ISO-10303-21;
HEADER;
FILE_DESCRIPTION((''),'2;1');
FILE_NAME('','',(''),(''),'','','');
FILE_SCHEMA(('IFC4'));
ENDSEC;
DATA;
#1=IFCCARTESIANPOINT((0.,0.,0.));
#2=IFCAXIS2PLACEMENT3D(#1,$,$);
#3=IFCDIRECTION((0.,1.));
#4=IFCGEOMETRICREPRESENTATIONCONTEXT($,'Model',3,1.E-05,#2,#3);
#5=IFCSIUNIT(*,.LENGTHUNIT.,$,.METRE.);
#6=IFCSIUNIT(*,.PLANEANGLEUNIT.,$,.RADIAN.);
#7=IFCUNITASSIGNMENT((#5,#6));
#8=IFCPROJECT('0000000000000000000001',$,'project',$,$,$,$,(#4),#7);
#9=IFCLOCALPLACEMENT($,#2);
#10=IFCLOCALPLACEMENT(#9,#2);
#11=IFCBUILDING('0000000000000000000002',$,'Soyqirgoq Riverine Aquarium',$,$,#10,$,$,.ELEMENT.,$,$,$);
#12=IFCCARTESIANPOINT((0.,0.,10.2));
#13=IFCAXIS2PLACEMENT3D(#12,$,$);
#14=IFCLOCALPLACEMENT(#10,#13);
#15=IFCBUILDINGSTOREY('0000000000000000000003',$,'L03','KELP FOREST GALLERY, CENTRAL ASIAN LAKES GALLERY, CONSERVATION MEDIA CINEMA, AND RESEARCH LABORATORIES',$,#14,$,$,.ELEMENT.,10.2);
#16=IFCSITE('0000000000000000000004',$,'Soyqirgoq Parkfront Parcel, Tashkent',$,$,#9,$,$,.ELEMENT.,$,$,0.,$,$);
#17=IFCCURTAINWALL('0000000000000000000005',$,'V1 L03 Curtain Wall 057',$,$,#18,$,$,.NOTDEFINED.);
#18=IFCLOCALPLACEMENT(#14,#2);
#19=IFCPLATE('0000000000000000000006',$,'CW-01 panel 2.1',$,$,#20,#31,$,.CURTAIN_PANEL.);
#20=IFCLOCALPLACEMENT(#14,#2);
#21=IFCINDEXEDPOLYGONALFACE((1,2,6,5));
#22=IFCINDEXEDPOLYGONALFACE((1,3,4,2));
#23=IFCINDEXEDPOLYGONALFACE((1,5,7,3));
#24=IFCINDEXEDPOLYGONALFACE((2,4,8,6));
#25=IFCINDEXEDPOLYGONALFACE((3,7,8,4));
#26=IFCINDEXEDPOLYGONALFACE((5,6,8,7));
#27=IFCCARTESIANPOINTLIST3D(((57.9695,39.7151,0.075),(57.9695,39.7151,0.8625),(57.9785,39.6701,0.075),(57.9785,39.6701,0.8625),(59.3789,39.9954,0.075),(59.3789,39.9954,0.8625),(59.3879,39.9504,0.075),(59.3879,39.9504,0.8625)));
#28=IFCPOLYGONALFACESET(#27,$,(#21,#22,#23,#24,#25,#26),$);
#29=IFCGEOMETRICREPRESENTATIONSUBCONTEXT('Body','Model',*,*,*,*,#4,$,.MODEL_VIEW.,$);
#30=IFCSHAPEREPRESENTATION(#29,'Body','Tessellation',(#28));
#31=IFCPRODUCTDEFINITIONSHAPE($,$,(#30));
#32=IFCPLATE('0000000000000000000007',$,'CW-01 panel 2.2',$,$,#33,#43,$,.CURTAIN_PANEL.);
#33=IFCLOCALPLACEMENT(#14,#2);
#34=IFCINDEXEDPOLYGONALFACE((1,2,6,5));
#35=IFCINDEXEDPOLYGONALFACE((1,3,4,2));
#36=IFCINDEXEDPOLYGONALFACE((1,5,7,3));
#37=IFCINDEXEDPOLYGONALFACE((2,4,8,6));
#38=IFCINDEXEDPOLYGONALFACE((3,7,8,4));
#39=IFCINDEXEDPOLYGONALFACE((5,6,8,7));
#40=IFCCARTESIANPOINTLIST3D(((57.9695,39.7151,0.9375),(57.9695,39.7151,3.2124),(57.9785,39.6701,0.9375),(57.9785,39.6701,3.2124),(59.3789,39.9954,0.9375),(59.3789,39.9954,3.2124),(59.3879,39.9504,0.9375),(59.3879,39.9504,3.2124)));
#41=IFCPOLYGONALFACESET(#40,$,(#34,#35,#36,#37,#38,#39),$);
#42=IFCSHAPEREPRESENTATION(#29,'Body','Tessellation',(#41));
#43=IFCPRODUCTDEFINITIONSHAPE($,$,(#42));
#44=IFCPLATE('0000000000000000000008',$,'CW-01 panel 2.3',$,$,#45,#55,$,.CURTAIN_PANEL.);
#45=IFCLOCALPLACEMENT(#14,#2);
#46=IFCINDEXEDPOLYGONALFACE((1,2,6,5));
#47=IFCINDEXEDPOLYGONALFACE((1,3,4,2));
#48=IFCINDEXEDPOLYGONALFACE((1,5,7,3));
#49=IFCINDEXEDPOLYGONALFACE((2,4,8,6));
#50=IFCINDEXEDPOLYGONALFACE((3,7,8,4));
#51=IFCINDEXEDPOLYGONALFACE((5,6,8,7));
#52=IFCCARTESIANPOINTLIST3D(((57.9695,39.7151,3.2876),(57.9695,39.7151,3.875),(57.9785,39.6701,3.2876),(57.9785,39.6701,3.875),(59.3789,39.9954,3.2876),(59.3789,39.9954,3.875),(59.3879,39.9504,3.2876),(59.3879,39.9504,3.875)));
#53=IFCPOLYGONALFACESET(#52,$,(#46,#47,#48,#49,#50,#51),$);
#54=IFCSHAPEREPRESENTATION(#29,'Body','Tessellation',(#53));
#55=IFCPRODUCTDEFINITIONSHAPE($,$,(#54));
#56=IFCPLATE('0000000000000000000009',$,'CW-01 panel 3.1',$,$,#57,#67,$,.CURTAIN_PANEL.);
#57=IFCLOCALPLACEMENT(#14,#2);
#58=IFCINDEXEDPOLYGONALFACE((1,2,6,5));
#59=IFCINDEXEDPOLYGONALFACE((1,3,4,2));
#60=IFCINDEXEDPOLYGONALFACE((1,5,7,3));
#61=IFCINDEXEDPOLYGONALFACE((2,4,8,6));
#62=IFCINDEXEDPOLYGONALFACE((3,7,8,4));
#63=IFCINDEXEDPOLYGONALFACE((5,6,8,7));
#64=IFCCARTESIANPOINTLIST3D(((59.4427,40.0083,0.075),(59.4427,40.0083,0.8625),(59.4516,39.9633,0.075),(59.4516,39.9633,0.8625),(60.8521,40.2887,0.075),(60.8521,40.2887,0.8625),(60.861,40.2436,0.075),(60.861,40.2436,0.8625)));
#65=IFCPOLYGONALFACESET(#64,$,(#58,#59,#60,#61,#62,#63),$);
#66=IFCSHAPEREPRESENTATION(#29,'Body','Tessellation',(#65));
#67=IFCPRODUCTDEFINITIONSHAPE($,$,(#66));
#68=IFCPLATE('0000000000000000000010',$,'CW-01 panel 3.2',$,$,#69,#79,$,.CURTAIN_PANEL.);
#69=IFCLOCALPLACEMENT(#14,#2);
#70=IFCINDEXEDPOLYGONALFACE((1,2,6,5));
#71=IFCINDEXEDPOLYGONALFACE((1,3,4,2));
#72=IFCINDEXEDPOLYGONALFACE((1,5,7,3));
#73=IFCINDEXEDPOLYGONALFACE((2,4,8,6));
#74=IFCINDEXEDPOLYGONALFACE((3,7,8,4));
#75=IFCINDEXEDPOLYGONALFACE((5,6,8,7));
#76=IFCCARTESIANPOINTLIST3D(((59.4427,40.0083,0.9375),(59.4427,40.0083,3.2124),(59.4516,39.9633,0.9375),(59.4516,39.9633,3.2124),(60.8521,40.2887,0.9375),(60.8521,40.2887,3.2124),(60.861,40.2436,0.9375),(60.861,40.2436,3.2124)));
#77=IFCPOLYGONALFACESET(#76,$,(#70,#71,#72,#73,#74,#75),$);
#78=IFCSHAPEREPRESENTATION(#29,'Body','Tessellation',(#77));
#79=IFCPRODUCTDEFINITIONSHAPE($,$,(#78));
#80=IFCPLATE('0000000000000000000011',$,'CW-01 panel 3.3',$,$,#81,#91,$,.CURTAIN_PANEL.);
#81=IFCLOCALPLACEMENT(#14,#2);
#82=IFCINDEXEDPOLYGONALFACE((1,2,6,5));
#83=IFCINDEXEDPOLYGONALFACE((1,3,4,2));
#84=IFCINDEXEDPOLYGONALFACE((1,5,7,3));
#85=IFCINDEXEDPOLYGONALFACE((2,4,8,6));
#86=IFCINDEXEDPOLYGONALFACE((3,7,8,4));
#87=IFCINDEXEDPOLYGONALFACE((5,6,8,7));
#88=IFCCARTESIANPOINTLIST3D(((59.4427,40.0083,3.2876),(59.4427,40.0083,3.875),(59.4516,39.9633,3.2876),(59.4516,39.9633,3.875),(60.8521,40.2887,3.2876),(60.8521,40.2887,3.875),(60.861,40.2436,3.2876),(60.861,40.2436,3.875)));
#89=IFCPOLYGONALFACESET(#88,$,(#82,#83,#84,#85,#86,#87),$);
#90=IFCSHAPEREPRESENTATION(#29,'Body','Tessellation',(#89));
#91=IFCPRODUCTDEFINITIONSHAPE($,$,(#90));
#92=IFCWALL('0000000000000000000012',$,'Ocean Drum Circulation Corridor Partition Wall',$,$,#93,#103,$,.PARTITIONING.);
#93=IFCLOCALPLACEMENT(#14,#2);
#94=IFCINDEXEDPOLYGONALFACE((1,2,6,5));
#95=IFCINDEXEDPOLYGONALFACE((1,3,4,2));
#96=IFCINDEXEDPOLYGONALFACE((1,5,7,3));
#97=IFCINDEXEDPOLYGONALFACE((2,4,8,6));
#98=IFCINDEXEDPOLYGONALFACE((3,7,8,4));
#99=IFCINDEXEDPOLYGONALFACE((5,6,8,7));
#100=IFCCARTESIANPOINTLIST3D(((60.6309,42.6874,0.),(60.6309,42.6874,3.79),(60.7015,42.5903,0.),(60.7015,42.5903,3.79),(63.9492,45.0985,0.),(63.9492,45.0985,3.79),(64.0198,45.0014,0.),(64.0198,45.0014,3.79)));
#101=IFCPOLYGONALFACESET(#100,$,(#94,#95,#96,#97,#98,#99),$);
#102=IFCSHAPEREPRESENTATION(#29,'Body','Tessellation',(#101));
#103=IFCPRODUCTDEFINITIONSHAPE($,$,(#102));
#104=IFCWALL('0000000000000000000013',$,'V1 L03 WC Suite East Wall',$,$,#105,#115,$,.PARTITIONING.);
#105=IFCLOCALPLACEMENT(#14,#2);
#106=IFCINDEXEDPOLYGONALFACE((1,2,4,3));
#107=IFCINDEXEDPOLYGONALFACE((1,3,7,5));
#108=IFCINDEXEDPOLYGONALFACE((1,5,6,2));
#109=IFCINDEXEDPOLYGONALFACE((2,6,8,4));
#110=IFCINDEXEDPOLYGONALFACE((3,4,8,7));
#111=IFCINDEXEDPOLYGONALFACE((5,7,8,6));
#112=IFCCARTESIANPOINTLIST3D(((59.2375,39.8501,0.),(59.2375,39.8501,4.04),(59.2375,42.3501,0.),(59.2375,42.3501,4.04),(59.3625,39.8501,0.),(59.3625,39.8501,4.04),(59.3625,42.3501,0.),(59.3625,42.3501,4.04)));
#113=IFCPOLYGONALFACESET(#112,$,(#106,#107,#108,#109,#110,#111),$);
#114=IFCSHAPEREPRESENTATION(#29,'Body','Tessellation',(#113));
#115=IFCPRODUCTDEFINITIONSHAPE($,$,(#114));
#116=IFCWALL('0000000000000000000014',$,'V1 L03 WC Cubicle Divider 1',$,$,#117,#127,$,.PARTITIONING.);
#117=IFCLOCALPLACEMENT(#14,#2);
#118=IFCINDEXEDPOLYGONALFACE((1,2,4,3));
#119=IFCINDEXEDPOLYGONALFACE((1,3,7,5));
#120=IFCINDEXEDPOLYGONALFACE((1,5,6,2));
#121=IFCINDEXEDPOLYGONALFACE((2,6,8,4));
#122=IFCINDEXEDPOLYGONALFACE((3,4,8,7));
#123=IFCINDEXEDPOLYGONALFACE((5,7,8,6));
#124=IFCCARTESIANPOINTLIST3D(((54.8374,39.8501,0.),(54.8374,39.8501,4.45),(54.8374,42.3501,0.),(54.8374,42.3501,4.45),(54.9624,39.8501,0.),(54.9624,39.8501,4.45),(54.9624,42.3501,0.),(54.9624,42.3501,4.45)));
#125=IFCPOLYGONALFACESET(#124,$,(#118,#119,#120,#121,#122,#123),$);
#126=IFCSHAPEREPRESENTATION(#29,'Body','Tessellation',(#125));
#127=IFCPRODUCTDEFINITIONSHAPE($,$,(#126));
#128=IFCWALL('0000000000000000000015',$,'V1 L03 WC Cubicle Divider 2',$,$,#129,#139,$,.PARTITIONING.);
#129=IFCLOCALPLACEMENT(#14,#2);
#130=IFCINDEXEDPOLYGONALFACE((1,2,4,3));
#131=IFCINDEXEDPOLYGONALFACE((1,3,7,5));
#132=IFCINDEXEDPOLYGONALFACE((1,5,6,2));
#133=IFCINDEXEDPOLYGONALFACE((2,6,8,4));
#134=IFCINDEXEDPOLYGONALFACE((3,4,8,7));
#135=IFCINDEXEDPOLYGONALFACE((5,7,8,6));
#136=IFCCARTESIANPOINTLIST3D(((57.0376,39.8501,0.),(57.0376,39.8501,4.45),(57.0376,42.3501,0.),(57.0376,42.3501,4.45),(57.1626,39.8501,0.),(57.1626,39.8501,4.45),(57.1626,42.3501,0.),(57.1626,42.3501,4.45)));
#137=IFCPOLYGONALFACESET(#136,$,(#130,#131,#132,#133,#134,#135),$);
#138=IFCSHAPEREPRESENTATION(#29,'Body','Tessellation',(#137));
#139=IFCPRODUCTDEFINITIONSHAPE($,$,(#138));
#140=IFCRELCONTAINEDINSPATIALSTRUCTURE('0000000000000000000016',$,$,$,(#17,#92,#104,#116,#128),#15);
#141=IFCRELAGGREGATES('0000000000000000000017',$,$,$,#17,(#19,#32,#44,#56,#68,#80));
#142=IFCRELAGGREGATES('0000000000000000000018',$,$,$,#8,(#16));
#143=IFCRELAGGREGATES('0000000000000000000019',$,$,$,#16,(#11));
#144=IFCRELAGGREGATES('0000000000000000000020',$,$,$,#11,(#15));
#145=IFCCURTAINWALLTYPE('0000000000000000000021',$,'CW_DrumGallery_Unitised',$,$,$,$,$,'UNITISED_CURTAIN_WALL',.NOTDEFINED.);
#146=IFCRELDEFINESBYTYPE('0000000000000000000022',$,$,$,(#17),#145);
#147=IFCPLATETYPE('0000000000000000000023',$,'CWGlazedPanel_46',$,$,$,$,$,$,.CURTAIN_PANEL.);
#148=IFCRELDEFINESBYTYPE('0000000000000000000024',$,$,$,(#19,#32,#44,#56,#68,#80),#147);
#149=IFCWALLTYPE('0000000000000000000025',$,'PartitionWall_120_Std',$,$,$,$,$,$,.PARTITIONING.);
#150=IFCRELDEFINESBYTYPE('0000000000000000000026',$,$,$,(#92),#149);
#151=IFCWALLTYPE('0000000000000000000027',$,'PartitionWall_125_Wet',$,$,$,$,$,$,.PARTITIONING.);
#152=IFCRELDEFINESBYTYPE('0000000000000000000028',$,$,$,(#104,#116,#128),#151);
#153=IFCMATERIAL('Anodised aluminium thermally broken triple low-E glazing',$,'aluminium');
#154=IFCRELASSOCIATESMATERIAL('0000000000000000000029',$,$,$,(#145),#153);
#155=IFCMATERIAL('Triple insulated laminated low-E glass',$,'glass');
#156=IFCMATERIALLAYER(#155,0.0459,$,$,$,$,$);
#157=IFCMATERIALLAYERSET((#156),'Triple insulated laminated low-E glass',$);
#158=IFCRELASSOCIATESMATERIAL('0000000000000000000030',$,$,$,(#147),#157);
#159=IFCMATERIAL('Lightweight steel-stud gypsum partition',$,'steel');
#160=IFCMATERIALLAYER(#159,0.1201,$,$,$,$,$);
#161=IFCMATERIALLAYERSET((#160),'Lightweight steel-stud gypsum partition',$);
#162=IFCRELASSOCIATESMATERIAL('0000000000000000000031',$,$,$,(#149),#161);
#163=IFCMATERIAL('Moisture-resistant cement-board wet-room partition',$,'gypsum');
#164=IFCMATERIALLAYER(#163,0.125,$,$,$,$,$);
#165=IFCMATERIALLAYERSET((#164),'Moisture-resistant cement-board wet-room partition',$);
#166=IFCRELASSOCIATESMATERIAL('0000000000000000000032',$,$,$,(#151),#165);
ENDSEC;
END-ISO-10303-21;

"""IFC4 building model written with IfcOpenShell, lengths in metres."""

from ifc_helpers import new_model, si_unit, direction, frame, frame_2d, origin, origin_2d, place, context, subcontext, project, spatial, rectangle, extrude, material, layer, layer_set, type_object, element, aggregate, save


model = new_model("IFC4")

# Units and contexts
model_context = context("Model", 3, precision=1e-05, world=origin(), true_north=direction((0.0, 1.0)))
body_context = subcontext(model_context, "Body", "Model", "MODEL_VIEW")
ifc_project = project(units=[si_unit("LENGTHUNIT", "METRE"), si_unit("PLANEANGLEUNIT", "RADIAN")], contexts=[model_context])

# Site, building, storey
site_placement = place(None, origin())
site = spatial("IfcSite", under=ifc_project, at=site_placement, Name="Soyqirgoq Parkfront Parcel, Tashkent", CompositionType="ELEMENT", RefElevation=0.0)
building_placement = place(site_placement, origin())
building = spatial("IfcBuilding", under=site, at=building_placement, Name="Soyqirgoq Riverine Aquarium", CompositionType="ELEMENT")
storey_placement = place(building_placement, frame((0.0, 0.0, 10.2)))
storey = spatial("IfcBuildingStorey", under=building, at=storey_placement, Name="L03", Description="KELP FOREST GALLERY, CENTRAL ASIAN LAKES GALLERY, CONSERVATION MEDIA CINEMA, AND RESEARCH LABORATORIES", CompositionType="ELEMENT", Elevation=10.2)

# Shared definitions
ifc_material_1 = material(Name="Anodised aluminium thermally broken triple low-E glazing", Category="aluminium")
curtain_wall_type = type_object("IfcCurtainWallType", Name="CW_DrumGallery_Unitised", ElementType="UNITISED_CURTAIN_WALL", PredefinedType="NOTDEFINED", material=ifc_material_1)

# Curtain wall
curtain_wall_1_placement = place(storey_placement, origin())
curtain_wall_1 = element("IfcCurtainWall", 1, at=curtain_wall_1_placement, inside=storey, type_object=curtain_wall_type, Name="V1 L03 Curtain Wall 057", PredefinedType="NOTDEFINED")

# Plates
ifc_material_2 = material(Name="Triple insulated laminated low-E glass", Category="glass")
ifc_layer_1 = layer(ifc_material_2, 0.0459)
ifc_layer_set_1 = layer_set([ifc_layer_1], Name="Triple insulated laminated low-E glass")
plate_type = type_object("IfcPlateType", Name="CWGlazedPanel_46", PredefinedType="CURTAIN_PANEL", material=ifc_layer_set_1)
plate_1_placement = place(storey_placement, frame((58.6787, 39.8328, 0.075), z_axis=(0.0, 0.0, 1.0), x_axis=(0.980784, 0.195095, 0.0)))
plate_1 = element("IfcPlate", 2, at=plate_1_placement, type_object=plate_type, Name="CW-01 panel 2.1", PredefinedType="CURTAIN_PANEL", context=body_context, shape_type="SweptSolid", body=[
    extrude(rectangle(XDim=1.437, YDim=0.0459, at=origin_2d()), origin(), (0.0, 0.0, 1.0), 0.7876),
])
plate_2_placement = place(storey_placement, frame((58.6787, 39.8328, 0.9375), z_axis=(0.0, 0.0, 1.0), x_axis=(0.980784, 0.195095, 0.0)))
plate_2 = element("IfcPlate", 3, at=plate_2_placement, type_object=plate_type, Name="CW-01 panel 2.2", PredefinedType="CURTAIN_PANEL", context=body_context, shape_type="SweptSolid", body=[
    extrude(rectangle(XDim=1.437, YDim=0.0459, at=origin_2d()), origin(), (0.0, 0.0, 1.0), 2.2749),
])
plate_3_placement = place(storey_placement, frame((58.6787, 39.8328, 3.2876), z_axis=(0.0, 0.0, 1.0), x_axis=(0.980784, 0.195095, 0.0)))
plate_3 = element("IfcPlate", 4, at=plate_3_placement, type_object=plate_type, Name="CW-01 panel 2.3", PredefinedType="CURTAIN_PANEL", context=body_context, shape_type="SweptSolid", body=[
    extrude(rectangle(XDim=1.437, YDim=0.0459, at=origin_2d()), origin(), (0.0, 0.0, 1.0), 0.5874),
])
plate_4_placement = place(storey_placement, frame((60.1519, 40.126, 0.075), z_axis=(0.0, 0.0, 1.0), x_axis=(0.980784, 0.195095, 0.0)))
plate_4 = element("IfcPlate", 5, at=plate_4_placement, type_object=plate_type, Name="CW-01 panel 3.1", PredefinedType="CURTAIN_PANEL", context=body_context, shape_type="SweptSolid", body=[
    extrude(rectangle(XDim=1.437, YDim=0.0459, at=origin_2d()), origin(), (0.0, 0.0, 1.0), 0.7876),
])
plate_5_placement = place(storey_placement, frame((60.1519, 40.126, 0.9375), z_axis=(0.0, 0.0, 1.0), x_axis=(0.980784, 0.195095, 0.0)))
plate_5 = element("IfcPlate", 6, at=plate_5_placement, type_object=plate_type, Name="CW-01 panel 3.2", PredefinedType="CURTAIN_PANEL", context=body_context, shape_type="SweptSolid", body=[
    extrude(rectangle(XDim=1.437, YDim=0.0459, at=origin_2d()), origin(), (0.0, 0.0, 1.0), 2.2749),
])
plate_6_placement = place(storey_placement, frame((60.1519, 40.126, 3.2876), z_axis=(0.0, 0.0, 1.0), x_axis=(0.980784, 0.195095, 0.0)))
plate_6 = element("IfcPlate", 7, at=plate_6_placement, type_object=plate_type, Name="CW-01 panel 3.3", PredefinedType="CURTAIN_PANEL", context=body_context, shape_type="SweptSolid", body=[
    extrude(rectangle(XDim=1.437, YDim=0.0459, at=origin_2d()), origin(), (0.0, 0.0, 1.0), 0.5874),
])
aggregate(curtain_wall_1, [plate_1, plate_2, plate_3, plate_4, plate_5, plate_6])

# Walls
ifc_material_3 = material(Name="Lightweight steel-stud gypsum partition", Category="steel")
ifc_layer_2 = layer(ifc_material_3, 0.1201)
ifc_layer_set_2 = layer_set([ifc_layer_2], Name="Lightweight steel-stud gypsum partition")
wall_type_1 = type_object("IfcWallType", Name="PartitionWall_120_Std", PredefinedType="PARTITIONING", material=ifc_layer_set_2)
wall_1_placement = place(storey_placement, frame((60.6663, 42.6389, 0.0), z_axis=(0.0, 0.0, 1.0), x_axis=(0.808993, 0.587818, 0.0)))
element("IfcWall", 8, at=wall_1_placement, inside=storey, type_object=wall_type_1, Name="Ocean Drum Circulation Corridor Partition Wall", PredefinedType="PARTITIONING", context=body_context, shape_type="SweptSolid", body=[
    extrude(rectangle(XDim=4.1018, YDim=0.1201, at=frame_2d((2.0508, 0.0))), origin(), (0.0, 0.0, 1.0), 3.79),
])
ifc_material_4 = material(Name="Moisture-resistant cement-board wet-room partition", Category="gypsum")
ifc_layer_3 = layer(ifc_material_4, 0.125)
ifc_layer_set_3 = layer_set([ifc_layer_3], Name="Moisture-resistant cement-board wet-room partition")
wall_type_2 = type_object("IfcWallType", Name="PartitionWall_125_Wet", PredefinedType="PARTITIONING", material=ifc_layer_set_3)
wall_2_placement = place(storey_placement, frame((59.3, 39.8501, 0.0), z_axis=(0.0, 0.0, 1.0), x_axis=(0.0, 1.0, 0.0)))
element("IfcWall", 9, at=wall_2_placement, inside=storey, type_object=wall_type_2, Name="V1 L03 WC Suite East Wall", PredefinedType="PARTITIONING", context=body_context, shape_type="SweptSolid", body=[
    extrude(rectangle(XDim=2.5, YDim=0.125, at=frame_2d((1.25, 0.0))), origin(), (0.0, 0.0, 1.0), 4.04),
])
for number, where, z_axis, x_axis, name in (
    (10, (54.8999, 39.8501, 0.0), (0.0, 0.0, 1.0), (0.0, 1.0, 0.0), "V1 L03 WC Cubicle Divider 1"),
    (11, (57.1001, 39.8501, 0.0), (0.0, 0.0, 1.0), (0.0, 1.0, 0.0), "V1 L03 WC Cubicle Divider 2"),
):
    element("IfcWall", number, at=place(storey_placement, frame(where, z_axis=z_axis, x_axis=x_axis)), inside=storey, type_object=wall_type_2, Name=name, PredefinedType="PARTITIONING", context=body_context, shape_type="SweptSolid", body=[
        extrude(rectangle(XDim=2.5, YDim=0.125, at=frame_2d((1.25, 0.0))), origin(), (0.0, 0.0, 1.0), 4.45),
    ])

save(model, "model.ifc")
